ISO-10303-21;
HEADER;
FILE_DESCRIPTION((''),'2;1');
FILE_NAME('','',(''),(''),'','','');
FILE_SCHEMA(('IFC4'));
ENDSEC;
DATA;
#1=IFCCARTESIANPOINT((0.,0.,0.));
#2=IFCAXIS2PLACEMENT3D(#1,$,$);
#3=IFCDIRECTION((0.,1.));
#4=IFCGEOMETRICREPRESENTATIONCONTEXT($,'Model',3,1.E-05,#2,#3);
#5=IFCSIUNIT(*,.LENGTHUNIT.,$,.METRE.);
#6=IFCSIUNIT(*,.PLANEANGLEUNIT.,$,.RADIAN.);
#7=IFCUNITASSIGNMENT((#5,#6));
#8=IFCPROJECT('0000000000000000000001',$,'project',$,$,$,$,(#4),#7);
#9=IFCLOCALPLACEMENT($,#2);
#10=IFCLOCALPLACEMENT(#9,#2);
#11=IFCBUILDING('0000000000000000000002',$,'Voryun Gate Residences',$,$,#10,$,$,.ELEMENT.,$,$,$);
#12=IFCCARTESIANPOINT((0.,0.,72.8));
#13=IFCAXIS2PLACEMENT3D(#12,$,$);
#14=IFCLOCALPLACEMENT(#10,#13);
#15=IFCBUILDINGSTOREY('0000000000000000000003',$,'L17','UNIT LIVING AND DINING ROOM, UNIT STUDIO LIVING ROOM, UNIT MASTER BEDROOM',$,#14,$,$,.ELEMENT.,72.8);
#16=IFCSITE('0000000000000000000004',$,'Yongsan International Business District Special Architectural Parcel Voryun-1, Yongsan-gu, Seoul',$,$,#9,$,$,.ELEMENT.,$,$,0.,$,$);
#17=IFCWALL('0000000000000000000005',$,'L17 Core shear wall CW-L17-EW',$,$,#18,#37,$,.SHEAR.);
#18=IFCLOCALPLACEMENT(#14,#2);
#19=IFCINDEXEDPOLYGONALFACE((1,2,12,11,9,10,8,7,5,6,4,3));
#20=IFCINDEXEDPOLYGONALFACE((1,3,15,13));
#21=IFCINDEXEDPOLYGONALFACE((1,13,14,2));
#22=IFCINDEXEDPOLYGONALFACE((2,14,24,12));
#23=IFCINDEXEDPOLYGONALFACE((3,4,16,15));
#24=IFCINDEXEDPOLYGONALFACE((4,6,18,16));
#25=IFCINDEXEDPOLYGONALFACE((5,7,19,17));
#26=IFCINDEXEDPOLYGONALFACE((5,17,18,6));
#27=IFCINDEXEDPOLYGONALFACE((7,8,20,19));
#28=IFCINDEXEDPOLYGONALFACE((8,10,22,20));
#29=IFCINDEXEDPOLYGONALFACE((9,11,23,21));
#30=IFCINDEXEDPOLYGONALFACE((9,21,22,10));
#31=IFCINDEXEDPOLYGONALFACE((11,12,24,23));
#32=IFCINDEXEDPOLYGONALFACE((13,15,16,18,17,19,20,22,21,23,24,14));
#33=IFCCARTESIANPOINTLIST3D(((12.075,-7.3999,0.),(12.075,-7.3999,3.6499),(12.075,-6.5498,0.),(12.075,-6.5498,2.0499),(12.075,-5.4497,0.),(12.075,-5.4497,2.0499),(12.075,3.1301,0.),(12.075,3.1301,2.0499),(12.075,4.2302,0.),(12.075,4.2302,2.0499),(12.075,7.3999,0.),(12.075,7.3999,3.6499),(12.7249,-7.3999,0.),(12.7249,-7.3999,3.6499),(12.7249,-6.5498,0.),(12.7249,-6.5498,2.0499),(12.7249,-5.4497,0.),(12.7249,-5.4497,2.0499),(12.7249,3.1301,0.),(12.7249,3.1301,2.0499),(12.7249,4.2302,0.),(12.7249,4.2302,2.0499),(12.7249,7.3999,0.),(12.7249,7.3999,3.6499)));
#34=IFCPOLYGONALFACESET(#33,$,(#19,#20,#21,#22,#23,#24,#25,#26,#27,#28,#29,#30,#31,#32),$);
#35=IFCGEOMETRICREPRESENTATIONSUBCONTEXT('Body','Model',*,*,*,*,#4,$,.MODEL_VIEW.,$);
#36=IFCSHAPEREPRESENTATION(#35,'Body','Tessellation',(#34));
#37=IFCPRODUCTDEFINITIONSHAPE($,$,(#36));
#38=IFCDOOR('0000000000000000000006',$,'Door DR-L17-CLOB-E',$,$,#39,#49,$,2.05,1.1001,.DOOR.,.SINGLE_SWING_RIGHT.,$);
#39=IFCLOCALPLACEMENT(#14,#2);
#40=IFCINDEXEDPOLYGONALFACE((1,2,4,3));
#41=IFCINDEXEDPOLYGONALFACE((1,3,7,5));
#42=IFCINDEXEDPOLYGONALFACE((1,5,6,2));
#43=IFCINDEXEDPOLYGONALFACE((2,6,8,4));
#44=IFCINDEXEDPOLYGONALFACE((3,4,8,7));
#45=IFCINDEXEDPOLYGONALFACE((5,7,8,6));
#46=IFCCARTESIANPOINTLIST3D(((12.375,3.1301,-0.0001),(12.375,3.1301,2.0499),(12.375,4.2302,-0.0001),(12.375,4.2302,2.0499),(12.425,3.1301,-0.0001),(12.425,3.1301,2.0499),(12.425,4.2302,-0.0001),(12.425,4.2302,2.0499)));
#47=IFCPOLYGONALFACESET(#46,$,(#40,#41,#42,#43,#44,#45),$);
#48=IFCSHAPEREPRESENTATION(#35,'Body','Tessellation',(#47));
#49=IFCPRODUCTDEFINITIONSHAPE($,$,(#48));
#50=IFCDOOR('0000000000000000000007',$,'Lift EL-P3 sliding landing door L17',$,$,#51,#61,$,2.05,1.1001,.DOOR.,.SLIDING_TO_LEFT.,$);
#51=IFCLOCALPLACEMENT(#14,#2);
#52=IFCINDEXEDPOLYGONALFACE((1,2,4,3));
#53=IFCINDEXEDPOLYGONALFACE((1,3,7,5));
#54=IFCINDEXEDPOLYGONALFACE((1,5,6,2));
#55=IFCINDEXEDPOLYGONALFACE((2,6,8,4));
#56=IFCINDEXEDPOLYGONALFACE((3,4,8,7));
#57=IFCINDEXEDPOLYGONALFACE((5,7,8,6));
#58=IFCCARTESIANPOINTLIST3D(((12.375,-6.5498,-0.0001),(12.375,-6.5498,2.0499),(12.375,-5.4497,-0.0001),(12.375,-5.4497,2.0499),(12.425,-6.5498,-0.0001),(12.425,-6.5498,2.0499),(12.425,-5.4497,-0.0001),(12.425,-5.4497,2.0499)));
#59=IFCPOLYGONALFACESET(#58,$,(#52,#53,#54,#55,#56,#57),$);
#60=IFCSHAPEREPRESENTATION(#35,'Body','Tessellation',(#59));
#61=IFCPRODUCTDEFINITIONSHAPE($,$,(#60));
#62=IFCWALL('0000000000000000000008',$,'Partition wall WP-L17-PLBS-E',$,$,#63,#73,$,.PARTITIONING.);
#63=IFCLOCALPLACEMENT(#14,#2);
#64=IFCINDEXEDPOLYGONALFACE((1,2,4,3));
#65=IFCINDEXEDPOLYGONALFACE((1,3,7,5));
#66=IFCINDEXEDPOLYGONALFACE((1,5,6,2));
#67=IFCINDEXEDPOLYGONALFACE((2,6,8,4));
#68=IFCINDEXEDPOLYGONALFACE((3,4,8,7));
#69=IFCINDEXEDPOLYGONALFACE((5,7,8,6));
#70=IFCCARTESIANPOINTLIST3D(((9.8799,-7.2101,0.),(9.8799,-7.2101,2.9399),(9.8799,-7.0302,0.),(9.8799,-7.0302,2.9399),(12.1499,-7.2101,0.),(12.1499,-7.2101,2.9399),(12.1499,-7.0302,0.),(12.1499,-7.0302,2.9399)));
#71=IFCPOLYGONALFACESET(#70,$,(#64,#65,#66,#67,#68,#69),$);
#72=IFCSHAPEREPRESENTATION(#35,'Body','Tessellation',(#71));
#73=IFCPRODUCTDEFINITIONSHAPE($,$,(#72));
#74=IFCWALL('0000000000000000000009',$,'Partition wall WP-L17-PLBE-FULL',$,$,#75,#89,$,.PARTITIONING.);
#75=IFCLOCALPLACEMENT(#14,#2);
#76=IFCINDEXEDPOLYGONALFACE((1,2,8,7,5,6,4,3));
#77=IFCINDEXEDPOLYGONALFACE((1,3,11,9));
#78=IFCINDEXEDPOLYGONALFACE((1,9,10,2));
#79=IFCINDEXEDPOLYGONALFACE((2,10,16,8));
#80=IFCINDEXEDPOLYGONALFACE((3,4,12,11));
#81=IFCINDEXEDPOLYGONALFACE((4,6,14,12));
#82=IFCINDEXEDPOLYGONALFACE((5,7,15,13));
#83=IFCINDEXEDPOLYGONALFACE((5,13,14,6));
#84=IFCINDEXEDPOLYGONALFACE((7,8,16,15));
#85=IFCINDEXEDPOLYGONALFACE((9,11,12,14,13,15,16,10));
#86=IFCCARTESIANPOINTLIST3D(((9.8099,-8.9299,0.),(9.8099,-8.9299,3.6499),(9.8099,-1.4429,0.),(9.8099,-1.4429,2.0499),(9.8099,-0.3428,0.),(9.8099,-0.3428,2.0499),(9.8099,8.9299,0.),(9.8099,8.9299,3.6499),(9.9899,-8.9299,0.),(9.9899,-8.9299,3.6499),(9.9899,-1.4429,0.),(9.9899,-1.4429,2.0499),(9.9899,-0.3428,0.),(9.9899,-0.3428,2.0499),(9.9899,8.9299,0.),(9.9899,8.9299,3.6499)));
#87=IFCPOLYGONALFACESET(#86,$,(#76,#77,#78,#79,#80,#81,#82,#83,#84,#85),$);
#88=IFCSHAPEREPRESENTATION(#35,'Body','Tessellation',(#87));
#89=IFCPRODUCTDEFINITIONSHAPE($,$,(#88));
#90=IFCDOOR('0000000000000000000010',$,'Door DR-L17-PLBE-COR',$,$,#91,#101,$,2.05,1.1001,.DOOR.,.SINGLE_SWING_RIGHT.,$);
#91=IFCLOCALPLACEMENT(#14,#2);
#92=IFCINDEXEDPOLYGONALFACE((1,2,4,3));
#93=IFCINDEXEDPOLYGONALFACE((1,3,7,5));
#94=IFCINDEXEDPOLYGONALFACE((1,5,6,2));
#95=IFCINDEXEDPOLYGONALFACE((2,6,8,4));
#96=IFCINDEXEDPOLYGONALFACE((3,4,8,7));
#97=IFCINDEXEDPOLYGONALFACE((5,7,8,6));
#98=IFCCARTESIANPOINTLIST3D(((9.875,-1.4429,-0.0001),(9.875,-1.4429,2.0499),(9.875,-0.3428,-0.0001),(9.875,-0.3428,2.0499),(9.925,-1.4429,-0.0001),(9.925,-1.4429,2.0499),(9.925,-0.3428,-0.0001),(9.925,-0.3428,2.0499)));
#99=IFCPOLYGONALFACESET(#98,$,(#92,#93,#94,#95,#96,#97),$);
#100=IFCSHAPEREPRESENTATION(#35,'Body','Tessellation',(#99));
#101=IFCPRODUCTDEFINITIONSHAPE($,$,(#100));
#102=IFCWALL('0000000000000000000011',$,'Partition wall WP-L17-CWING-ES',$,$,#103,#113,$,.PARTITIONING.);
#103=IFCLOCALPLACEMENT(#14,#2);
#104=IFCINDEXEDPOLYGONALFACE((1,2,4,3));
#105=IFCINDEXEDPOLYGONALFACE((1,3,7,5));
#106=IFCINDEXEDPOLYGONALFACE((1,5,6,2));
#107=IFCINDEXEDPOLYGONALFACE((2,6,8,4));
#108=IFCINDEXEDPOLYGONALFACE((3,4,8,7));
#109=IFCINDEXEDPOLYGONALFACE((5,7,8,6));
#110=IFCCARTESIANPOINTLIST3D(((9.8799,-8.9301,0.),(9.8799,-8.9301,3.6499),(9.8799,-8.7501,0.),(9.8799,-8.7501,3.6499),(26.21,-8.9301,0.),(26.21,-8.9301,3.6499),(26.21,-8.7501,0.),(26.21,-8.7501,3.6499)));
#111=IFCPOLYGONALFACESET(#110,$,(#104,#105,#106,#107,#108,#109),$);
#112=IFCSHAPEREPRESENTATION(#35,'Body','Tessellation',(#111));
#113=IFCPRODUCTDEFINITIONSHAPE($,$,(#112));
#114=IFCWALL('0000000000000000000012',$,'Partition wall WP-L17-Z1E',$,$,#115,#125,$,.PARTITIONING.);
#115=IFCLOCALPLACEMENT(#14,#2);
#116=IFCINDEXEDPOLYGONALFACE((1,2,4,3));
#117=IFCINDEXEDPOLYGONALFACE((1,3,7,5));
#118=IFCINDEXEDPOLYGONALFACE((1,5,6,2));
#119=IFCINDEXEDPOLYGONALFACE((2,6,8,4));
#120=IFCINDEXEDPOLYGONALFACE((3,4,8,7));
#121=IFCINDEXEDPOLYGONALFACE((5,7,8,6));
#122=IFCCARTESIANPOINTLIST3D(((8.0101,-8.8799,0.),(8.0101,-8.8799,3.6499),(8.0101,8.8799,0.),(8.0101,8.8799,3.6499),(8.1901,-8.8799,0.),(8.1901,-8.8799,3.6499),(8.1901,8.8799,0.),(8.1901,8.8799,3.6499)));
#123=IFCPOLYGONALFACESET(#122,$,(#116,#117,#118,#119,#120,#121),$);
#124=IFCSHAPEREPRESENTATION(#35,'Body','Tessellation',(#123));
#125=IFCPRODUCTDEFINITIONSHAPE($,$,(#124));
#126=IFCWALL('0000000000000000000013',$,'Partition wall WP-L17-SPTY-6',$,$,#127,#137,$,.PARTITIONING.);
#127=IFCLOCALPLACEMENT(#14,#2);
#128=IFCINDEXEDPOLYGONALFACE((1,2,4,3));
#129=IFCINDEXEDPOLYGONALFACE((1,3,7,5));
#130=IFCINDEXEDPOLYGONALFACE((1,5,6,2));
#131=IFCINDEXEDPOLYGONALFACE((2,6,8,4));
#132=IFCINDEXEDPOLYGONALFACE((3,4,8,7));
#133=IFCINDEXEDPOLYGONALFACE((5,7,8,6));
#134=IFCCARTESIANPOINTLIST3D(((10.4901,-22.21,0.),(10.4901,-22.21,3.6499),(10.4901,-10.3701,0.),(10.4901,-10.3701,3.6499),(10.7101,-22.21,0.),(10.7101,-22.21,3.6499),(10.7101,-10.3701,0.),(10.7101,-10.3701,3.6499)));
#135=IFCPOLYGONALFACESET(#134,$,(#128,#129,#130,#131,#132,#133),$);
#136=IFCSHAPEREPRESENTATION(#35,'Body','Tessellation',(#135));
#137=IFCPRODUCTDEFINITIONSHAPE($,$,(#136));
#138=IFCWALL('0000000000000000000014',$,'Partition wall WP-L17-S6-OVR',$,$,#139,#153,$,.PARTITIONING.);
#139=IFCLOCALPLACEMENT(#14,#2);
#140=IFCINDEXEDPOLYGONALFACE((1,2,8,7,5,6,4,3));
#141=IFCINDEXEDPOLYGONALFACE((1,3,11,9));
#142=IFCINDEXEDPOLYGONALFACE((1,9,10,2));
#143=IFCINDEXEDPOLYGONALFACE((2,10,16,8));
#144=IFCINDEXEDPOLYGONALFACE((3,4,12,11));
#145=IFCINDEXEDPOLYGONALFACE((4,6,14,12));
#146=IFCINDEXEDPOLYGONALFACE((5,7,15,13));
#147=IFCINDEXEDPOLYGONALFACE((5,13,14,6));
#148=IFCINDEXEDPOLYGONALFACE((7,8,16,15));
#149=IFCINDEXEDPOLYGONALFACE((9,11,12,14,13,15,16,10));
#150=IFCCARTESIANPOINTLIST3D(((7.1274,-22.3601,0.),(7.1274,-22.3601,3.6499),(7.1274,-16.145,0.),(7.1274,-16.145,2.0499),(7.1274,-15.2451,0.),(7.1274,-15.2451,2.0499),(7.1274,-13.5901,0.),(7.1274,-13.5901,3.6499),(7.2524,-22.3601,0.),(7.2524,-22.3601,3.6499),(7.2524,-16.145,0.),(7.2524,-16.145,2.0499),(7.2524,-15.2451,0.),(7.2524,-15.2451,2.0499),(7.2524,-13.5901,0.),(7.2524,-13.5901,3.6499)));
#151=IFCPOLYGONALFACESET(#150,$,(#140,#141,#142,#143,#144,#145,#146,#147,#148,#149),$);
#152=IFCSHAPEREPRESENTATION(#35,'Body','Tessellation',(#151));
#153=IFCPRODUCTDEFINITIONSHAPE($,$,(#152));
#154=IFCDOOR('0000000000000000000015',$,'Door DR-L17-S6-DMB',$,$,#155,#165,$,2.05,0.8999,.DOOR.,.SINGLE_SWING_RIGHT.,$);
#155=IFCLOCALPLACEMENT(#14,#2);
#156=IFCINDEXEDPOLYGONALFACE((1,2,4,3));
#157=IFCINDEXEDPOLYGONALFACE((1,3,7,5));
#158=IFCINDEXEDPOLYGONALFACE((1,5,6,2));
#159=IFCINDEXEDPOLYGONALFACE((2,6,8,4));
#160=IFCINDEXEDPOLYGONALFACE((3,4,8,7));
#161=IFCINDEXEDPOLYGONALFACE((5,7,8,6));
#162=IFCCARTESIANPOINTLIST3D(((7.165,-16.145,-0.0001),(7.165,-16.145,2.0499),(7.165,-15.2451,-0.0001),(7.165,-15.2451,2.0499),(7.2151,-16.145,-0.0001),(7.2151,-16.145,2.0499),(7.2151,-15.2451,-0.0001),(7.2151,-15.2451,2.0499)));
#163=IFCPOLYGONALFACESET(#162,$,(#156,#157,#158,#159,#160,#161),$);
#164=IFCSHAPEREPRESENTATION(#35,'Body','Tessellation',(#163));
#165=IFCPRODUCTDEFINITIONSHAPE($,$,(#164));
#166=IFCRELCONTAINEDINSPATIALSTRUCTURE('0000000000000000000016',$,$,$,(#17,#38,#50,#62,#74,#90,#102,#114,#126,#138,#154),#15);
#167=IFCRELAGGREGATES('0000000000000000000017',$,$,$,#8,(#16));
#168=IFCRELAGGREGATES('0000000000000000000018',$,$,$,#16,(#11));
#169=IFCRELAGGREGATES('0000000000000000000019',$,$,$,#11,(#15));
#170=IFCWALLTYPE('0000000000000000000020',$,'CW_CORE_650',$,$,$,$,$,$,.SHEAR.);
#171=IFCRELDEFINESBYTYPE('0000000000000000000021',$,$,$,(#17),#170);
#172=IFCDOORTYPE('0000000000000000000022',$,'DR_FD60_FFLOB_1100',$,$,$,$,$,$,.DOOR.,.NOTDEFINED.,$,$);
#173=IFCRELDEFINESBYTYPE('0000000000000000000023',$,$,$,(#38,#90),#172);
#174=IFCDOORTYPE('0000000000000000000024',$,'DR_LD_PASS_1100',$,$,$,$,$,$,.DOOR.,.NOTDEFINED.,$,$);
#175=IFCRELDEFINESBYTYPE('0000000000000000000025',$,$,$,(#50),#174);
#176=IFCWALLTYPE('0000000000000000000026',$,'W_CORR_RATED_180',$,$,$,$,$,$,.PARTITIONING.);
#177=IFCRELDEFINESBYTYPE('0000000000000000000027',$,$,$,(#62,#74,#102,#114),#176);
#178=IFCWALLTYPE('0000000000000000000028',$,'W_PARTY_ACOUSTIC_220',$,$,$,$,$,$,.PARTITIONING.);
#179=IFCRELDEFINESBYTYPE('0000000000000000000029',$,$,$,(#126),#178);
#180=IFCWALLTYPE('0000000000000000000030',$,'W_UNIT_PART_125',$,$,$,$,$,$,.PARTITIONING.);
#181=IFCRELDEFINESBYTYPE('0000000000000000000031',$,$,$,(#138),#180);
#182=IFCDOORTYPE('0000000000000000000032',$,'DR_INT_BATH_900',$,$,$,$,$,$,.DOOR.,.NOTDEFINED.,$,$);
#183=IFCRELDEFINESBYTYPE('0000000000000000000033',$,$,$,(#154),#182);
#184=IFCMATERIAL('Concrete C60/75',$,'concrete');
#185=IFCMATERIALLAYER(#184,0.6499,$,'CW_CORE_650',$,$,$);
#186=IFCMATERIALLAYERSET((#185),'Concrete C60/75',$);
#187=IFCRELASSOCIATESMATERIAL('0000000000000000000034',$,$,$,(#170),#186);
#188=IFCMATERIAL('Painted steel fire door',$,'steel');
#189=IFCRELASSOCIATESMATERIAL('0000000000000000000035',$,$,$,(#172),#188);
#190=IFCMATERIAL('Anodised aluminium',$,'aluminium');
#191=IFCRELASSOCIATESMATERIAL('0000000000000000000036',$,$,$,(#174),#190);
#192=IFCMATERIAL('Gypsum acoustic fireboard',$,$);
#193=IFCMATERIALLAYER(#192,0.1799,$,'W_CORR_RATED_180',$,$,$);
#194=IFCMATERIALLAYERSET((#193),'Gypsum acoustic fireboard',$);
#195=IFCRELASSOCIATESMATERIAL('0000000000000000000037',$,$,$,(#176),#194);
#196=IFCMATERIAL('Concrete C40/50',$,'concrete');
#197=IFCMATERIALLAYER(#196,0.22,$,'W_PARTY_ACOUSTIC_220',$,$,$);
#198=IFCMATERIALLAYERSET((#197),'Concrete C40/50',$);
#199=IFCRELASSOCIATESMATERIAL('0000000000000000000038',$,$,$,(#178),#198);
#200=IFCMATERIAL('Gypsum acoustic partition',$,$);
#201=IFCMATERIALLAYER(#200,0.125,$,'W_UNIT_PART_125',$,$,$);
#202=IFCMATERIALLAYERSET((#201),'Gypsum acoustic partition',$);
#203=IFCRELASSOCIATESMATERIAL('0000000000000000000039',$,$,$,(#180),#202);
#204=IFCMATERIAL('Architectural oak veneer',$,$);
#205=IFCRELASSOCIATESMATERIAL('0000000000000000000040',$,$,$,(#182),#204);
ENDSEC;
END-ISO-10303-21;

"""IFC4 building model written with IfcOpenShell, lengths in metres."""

from ifc_helpers import new_model, si_unit, direction, frame, frame_2d, origin, place, context, subcontext, project, spatial, rectangle, extrude, material, layer, layer_set, type_object, element, fill, save


model = new_model("IFC4")

# Units and contexts
model_context = context("Model", 3, precision=1e-05, world=origin(), true_north=direction((0.0, 1.0)))
body_context = subcontext(model_context, "Body", "Model", "MODEL_VIEW")
ifc_project = project(units=[si_unit("LENGTHUNIT", "METRE"), si_unit("PLANEANGLEUNIT", "RADIAN")], contexts=[model_context])

# Site, building, storey
site_placement = place(None, origin())
site = spatial("IfcSite", under=ifc_project, at=site_placement, Name="Yongsan International Business District Special Architectural Parcel Voryun-1, Yongsan-gu, Seoul", CompositionType="ELEMENT", RefElevation=0.0)
building_placement = place(site_placement, origin())
building = spatial("IfcBuilding", under=site, at=building_placement, Name="Voryun Gate Residences", CompositionType="ELEMENT")
storey_placement = place(building_placement, frame((0.0, 0.0, 72.8)))
storey = spatial("IfcBuildingStorey", under=building, at=storey_placement, Name="L17", Description="UNIT LIVING AND DINING ROOM, UNIT STUDIO LIVING ROOM, UNIT MASTER BEDROOM", CompositionType="ELEMENT", Elevation=72.8)

# Shared definitions
ifc_material_1 = material(Name="Concrete C60/75", Category="concrete")
ifc_layer_1 = layer(ifc_material_1, 0.6499, Name="CW_CORE_650")
ifc_layer_set_1 = layer_set([ifc_layer_1], Name="Concrete C60/75")
wall_type_1 = type_object("IfcWallType", Name="CW_CORE_650", PredefinedType="SHEAR", material=ifc_layer_set_1)

# Wall, openings, doors
wall_1_placement = place(storey_placement, frame((12.3999, -7.3999, 0.0), z_axis=(0.0, 0.0, 1.0), x_axis=(0.0, 1.0, 0.0)))
wall_1 = element("IfcWall", 1, at=wall_1_placement, inside=storey, type_object=wall_type_1, Name="L17 Core shear wall CW-L17-EW", PredefinedType="SHEAR", context=body_context, shape_type="SweptSolid", body=[
    extrude(rectangle(XDim=14.7998, YDim=0.6499, at=frame_2d((7.3999, 0.0))), origin(), (0.0, 0.0, 1.0), 3.6499),
])
opening_1_placement = place(wall_1_placement, frame((0.8501, 0.0, 0.0)))
opening_1 = element("IfcOpeningElement", 2, at=opening_1_placement, cuts=wall_1, PredefinedType="OPENING", context=body_context, shape_type="SweptSolid", body=[
    extrude(rectangle(XDim=1.1001, YDim=2.05, at=frame_2d((0.55, 1.0249))), frame((0.0, 0.335, 0.0), z_axis=(0.0, -1.0, 0.0), x_axis=(1.0, 0.0, 0.0)), (0.0, 0.0, 1.0), 0.6699),
])
opening_2_placement = place(wall_1_placement, frame((10.53, 0.0, 0.0)))
opening_2 = element("IfcOpeningElement", 3, at=opening_2_placement, cuts=wall_1, PredefinedType="OPENING", context=body_context, shape_type="SweptSolid", body=[
    extrude(rectangle(XDim=1.1001, YDim=2.05, at=frame_2d((0.55, 1.0249))), frame((0.0, 0.335, 0.0), z_axis=(0.0, -1.0, 0.0), x_axis=(1.0, 0.0, 0.0)), (0.0, 0.0, 1.0), 0.6699),
])
ifc_material_2 = material(Name="Painted steel fire door", Category="steel")
door_type_1 = type_object("IfcDoorType", Name="DR_FD60_FFLOB_1100", OperationType="NOTDEFINED", PredefinedType="DOOR", material=ifc_material_2)
door_1_placement = place(opening_2_placement, origin())
door_1 = element("IfcDoor", 4, at=door_1_placement, inside=storey, type_object=door_type_1, Name="Door DR-L17-CLOB-E", OperationType="SINGLE_SWING_RIGHT", OverallHeight=2.05, OverallWidth=1.1001, PredefinedType="DOOR", context=body_context, shape_type="SweptSolid", body=[
    extrude(rectangle(XDim=1.1001, YDim=2.05, at=frame_2d((0.55, 1.0249))), frame((0.0, 0.0249, 0.0), z_axis=(0.0, -1.0, 0.0), x_axis=(1.0, 0.0, 0.0)), (0.0, 0.0, 1.0), 0.05),
])
fill(opening_2, door_1)
ifc_material_3 = material(Name="Anodised aluminium", Category="aluminium")
door_type_2 = type_object("IfcDoorType", Name="DR_LD_PASS_1100", OperationType="NOTDEFINED", PredefinedType="DOOR", material=ifc_material_3)
door_2_placement = place(opening_1_placement, origin())
door_2 = element("IfcDoor", 5, at=door_2_placement, inside=storey, type_object=door_type_2, Name="Lift EL-P3 sliding landing door L17", OperationType="SLIDING_TO_LEFT", OverallHeight=2.05, OverallWidth=1.1001, PredefinedType="DOOR", context=body_context, shape_type="SweptSolid", body=[
    extrude(rectangle(XDim=1.1001, YDim=2.05, at=frame_2d((0.55, 1.0249))), frame((0.0, 0.0249, 0.0), z_axis=(0.0, -1.0, 0.0), x_axis=(1.0, 0.0, 0.0)), (0.0, 0.0, 1.0), 0.05),
])
fill(opening_1, door_2)

# Wall
ifc_material_4 = material(Name="Gypsum acoustic fireboard")
ifc_layer_2 = layer(ifc_material_4, 0.1799, Name="W_CORR_RATED_180")
ifc_layer_set_2 = layer_set([ifc_layer_2], Name="Gypsum acoustic fireboard")
wall_type_2 = type_object("IfcWallType", Name="W_CORR_RATED_180", PredefinedType="PARTITIONING", material=ifc_layer_set_2)
wall_2_placement = place(storey_placement, frame((9.8799, -7.1201, 0.0), z_axis=(0.0, 0.0, 1.0), x_axis=(1.0, 0.0, 0.0)))
element("IfcWall", 6, at=wall_2_placement, inside=storey, type_object=wall_type_2, Name="Partition wall WP-L17-PLBS-E", PredefinedType="PARTITIONING", context=body_context, shape_type="SweptSolid", body=[
    extrude(rectangle(XDim=2.27, YDim=0.1799, at=frame_2d((1.135, 0.0))), origin(), (0.0, 0.0, 1.0), 2.9399),
])

# Wall, opening, door
wall_3_placement = place(storey_placement, frame((9.8999, -8.9299, 0.0), z_axis=(0.0, 0.0, 1.0), x_axis=(0.0, 1.0, 0.0)))
wall_3 = element("IfcWall", 7, at=wall_3_placement, inside=storey, type_object=wall_type_2, Name="Partition wall WP-L17-PLBE-FULL", PredefinedType="PARTITIONING", context=body_context, shape_type="SweptSolid", body=[
    extrude(rectangle(XDim=17.8599, YDim=0.1799, at=frame_2d((8.9299, 0.0))), origin(), (0.0, 0.0, 1.0), 3.6499),
])
opening_3_placement = place(wall_3_placement, frame((7.4871, 0.0, 0.0)))
opening_3 = element("IfcOpeningElement", 8, at=opening_3_placement, cuts=wall_3, PredefinedType="OPENING", context=body_context, shape_type="SweptSolid", body=[
    extrude(rectangle(XDim=1.1001, YDim=2.05, at=frame_2d((0.55, 1.0249))), frame((0.0, 0.0999, 0.0), z_axis=(0.0, -1.0, 0.0), x_axis=(1.0, 0.0, 0.0)), (0.0, 0.0, 1.0), 0.2),
])
door_3_placement = place(opening_3_placement, origin())
door_3 = element("IfcDoor", 9, at=door_3_placement, inside=storey, type_object=door_type_1, Name="Door DR-L17-PLBE-COR", OperationType="SINGLE_SWING_RIGHT", OverallHeight=2.05, OverallWidth=1.1001, PredefinedType="DOOR", context=body_context, shape_type="SweptSolid", body=[
    extrude(rectangle(XDim=1.1001, YDim=2.05, at=frame_2d((0.55, 1.0249))), frame((0.0, 0.0249, 0.0), z_axis=(0.0, -1.0, 0.0), x_axis=(1.0, 0.0, 0.0)), (0.0, 0.0, 1.0), 0.05),
])
fill(opening_3, door_3)

# Walls
wall_4_placement = place(storey_placement, frame((9.8799, -8.8401, 0.0), z_axis=(0.0, 0.0, 1.0), x_axis=(1.0, 0.0, 0.0)))
element("IfcWall", 10, at=wall_4_placement, inside=storey, type_object=wall_type_2, Name="Partition wall WP-L17-CWING-ES", PredefinedType="PARTITIONING", context=body_context, shape_type="SweptSolid", body=[
    extrude(rectangle(XDim=16.3301, YDim=0.1799, at=frame_2d((8.165, 0.0))), origin(), (0.0, 0.0, 1.0), 3.6499),
])
wall_5_placement = place(storey_placement, frame((8.1001, -8.8799, 0.0), z_axis=(0.0, 0.0, 1.0), x_axis=(0.0, 1.0, 0.0)))
element("IfcWall", 11, at=wall_5_placement, inside=storey, type_object=wall_type_2, Name="Partition wall WP-L17-Z1E", PredefinedType="PARTITIONING", context=body_context, shape_type="SweptSolid", body=[
    extrude(rectangle(XDim=17.7598, YDim=0.1799, at=frame_2d((8.8799, 0.0))), origin(), (0.0, 0.0, 1.0), 3.6499),
])
ifc_material_5 = material(Name="Concrete C40/50", Category="concrete")
ifc_layer_3 = layer(ifc_material_5, 0.22, Name="W_PARTY_ACOUSTIC_220")
ifc_layer_set_3 = layer_set([ifc_layer_3], Name="Concrete C40/50")
wall_type_3 = type_object("IfcWallType", Name="W_PARTY_ACOUSTIC_220", PredefinedType="PARTITIONING", material=ifc_layer_set_3)
wall_6_placement = place(storey_placement, frame((10.6001, -22.21, 0.0), z_axis=(0.0, 0.0, 1.0), x_axis=(0.0, 1.0, 0.0)))
element("IfcWall", 12, at=wall_6_placement, inside=storey, type_object=wall_type_3, Name="Partition wall WP-L17-SPTY-6", PredefinedType="PARTITIONING", context=body_context, shape_type="SweptSolid", body=[
    extrude(rectangle(XDim=11.8398, YDim=0.22, at=frame_2d((5.9199, 0.0))), origin(), (0.0, 0.0, 1.0), 3.6499),
])

# Wall, opening, door
ifc_material_6 = material(Name="Gypsum acoustic partition")
ifc_layer_4 = layer(ifc_material_6, 0.125, Name="W_UNIT_PART_125")
ifc_layer_set_4 = layer_set([ifc_layer_4], Name="Gypsum acoustic partition")
wall_type_4 = type_object("IfcWallType", Name="W_UNIT_PART_125", PredefinedType="PARTITIONING", material=ifc_layer_set_4)
wall_7_placement = place(storey_placement, frame((7.1899, -22.3601, 0.0), z_axis=(0.0, 0.0, 1.0), x_axis=(0.0, 1.0, 0.0)))
wall_7 = element("IfcWall", 13, at=wall_7_placement, inside=storey, type_object=wall_type_4, Name="Partition wall WP-L17-S6-OVR", PredefinedType="PARTITIONING", context=body_context, shape_type="SweptSolid", body=[
    extrude(rectangle(XDim=8.77, YDim=0.125, at=frame_2d((4.385, 0.0))), origin(), (0.0, 0.0, 1.0), 3.6499),
])
opening_4_placement = place(wall_7_placement, frame((6.2151, 0.0, 0.0)))
opening_4 = element("IfcOpeningElement", 14, at=opening_4_placement, cuts=wall_7, PredefinedType="OPENING", context=body_context, shape_type="SweptSolid", body=[
    extrude(rectangle(XDim=0.8999, YDim=2.05, at=frame_2d((0.45, 1.0249))), frame((0.0, 0.0725, 0.0), z_axis=(0.0, -1.0, 0.0), x_axis=(1.0, 0.0, 0.0)), (0.0, 0.0, 1.0), 0.145),
])
ifc_material_7 = material(Name="Architectural oak veneer")
door_type_3 = type_object("IfcDoorType", Name="DR_INT_BATH_900", OperationType="NOTDEFINED", PredefinedType="DOOR", material=ifc_material_7)
door_4_placement = place(opening_4_placement, origin())
door_4 = element("IfcDoor", 15, at=door_4_placement, inside=storey, type_object=door_type_3, Name="Door DR-L17-S6-DMB", OperationType="SINGLE_SWING_RIGHT", OverallHeight=2.05, OverallWidth=0.8999, PredefinedType="DOOR", context=body_context, shape_type="SweptSolid", body=[
    extrude(rectangle(XDim=0.8999, YDim=2.05, at=frame_2d((0.45, 1.0249))), frame((0.0, 0.0249, 0.0), z_axis=(0.0, -1.0, 0.0), x_axis=(1.0, 0.0, 0.0)), (0.0, 0.0, 1.0), 0.05),
])
fill(opening_4, door_4)

save(model, "model.ifc")
